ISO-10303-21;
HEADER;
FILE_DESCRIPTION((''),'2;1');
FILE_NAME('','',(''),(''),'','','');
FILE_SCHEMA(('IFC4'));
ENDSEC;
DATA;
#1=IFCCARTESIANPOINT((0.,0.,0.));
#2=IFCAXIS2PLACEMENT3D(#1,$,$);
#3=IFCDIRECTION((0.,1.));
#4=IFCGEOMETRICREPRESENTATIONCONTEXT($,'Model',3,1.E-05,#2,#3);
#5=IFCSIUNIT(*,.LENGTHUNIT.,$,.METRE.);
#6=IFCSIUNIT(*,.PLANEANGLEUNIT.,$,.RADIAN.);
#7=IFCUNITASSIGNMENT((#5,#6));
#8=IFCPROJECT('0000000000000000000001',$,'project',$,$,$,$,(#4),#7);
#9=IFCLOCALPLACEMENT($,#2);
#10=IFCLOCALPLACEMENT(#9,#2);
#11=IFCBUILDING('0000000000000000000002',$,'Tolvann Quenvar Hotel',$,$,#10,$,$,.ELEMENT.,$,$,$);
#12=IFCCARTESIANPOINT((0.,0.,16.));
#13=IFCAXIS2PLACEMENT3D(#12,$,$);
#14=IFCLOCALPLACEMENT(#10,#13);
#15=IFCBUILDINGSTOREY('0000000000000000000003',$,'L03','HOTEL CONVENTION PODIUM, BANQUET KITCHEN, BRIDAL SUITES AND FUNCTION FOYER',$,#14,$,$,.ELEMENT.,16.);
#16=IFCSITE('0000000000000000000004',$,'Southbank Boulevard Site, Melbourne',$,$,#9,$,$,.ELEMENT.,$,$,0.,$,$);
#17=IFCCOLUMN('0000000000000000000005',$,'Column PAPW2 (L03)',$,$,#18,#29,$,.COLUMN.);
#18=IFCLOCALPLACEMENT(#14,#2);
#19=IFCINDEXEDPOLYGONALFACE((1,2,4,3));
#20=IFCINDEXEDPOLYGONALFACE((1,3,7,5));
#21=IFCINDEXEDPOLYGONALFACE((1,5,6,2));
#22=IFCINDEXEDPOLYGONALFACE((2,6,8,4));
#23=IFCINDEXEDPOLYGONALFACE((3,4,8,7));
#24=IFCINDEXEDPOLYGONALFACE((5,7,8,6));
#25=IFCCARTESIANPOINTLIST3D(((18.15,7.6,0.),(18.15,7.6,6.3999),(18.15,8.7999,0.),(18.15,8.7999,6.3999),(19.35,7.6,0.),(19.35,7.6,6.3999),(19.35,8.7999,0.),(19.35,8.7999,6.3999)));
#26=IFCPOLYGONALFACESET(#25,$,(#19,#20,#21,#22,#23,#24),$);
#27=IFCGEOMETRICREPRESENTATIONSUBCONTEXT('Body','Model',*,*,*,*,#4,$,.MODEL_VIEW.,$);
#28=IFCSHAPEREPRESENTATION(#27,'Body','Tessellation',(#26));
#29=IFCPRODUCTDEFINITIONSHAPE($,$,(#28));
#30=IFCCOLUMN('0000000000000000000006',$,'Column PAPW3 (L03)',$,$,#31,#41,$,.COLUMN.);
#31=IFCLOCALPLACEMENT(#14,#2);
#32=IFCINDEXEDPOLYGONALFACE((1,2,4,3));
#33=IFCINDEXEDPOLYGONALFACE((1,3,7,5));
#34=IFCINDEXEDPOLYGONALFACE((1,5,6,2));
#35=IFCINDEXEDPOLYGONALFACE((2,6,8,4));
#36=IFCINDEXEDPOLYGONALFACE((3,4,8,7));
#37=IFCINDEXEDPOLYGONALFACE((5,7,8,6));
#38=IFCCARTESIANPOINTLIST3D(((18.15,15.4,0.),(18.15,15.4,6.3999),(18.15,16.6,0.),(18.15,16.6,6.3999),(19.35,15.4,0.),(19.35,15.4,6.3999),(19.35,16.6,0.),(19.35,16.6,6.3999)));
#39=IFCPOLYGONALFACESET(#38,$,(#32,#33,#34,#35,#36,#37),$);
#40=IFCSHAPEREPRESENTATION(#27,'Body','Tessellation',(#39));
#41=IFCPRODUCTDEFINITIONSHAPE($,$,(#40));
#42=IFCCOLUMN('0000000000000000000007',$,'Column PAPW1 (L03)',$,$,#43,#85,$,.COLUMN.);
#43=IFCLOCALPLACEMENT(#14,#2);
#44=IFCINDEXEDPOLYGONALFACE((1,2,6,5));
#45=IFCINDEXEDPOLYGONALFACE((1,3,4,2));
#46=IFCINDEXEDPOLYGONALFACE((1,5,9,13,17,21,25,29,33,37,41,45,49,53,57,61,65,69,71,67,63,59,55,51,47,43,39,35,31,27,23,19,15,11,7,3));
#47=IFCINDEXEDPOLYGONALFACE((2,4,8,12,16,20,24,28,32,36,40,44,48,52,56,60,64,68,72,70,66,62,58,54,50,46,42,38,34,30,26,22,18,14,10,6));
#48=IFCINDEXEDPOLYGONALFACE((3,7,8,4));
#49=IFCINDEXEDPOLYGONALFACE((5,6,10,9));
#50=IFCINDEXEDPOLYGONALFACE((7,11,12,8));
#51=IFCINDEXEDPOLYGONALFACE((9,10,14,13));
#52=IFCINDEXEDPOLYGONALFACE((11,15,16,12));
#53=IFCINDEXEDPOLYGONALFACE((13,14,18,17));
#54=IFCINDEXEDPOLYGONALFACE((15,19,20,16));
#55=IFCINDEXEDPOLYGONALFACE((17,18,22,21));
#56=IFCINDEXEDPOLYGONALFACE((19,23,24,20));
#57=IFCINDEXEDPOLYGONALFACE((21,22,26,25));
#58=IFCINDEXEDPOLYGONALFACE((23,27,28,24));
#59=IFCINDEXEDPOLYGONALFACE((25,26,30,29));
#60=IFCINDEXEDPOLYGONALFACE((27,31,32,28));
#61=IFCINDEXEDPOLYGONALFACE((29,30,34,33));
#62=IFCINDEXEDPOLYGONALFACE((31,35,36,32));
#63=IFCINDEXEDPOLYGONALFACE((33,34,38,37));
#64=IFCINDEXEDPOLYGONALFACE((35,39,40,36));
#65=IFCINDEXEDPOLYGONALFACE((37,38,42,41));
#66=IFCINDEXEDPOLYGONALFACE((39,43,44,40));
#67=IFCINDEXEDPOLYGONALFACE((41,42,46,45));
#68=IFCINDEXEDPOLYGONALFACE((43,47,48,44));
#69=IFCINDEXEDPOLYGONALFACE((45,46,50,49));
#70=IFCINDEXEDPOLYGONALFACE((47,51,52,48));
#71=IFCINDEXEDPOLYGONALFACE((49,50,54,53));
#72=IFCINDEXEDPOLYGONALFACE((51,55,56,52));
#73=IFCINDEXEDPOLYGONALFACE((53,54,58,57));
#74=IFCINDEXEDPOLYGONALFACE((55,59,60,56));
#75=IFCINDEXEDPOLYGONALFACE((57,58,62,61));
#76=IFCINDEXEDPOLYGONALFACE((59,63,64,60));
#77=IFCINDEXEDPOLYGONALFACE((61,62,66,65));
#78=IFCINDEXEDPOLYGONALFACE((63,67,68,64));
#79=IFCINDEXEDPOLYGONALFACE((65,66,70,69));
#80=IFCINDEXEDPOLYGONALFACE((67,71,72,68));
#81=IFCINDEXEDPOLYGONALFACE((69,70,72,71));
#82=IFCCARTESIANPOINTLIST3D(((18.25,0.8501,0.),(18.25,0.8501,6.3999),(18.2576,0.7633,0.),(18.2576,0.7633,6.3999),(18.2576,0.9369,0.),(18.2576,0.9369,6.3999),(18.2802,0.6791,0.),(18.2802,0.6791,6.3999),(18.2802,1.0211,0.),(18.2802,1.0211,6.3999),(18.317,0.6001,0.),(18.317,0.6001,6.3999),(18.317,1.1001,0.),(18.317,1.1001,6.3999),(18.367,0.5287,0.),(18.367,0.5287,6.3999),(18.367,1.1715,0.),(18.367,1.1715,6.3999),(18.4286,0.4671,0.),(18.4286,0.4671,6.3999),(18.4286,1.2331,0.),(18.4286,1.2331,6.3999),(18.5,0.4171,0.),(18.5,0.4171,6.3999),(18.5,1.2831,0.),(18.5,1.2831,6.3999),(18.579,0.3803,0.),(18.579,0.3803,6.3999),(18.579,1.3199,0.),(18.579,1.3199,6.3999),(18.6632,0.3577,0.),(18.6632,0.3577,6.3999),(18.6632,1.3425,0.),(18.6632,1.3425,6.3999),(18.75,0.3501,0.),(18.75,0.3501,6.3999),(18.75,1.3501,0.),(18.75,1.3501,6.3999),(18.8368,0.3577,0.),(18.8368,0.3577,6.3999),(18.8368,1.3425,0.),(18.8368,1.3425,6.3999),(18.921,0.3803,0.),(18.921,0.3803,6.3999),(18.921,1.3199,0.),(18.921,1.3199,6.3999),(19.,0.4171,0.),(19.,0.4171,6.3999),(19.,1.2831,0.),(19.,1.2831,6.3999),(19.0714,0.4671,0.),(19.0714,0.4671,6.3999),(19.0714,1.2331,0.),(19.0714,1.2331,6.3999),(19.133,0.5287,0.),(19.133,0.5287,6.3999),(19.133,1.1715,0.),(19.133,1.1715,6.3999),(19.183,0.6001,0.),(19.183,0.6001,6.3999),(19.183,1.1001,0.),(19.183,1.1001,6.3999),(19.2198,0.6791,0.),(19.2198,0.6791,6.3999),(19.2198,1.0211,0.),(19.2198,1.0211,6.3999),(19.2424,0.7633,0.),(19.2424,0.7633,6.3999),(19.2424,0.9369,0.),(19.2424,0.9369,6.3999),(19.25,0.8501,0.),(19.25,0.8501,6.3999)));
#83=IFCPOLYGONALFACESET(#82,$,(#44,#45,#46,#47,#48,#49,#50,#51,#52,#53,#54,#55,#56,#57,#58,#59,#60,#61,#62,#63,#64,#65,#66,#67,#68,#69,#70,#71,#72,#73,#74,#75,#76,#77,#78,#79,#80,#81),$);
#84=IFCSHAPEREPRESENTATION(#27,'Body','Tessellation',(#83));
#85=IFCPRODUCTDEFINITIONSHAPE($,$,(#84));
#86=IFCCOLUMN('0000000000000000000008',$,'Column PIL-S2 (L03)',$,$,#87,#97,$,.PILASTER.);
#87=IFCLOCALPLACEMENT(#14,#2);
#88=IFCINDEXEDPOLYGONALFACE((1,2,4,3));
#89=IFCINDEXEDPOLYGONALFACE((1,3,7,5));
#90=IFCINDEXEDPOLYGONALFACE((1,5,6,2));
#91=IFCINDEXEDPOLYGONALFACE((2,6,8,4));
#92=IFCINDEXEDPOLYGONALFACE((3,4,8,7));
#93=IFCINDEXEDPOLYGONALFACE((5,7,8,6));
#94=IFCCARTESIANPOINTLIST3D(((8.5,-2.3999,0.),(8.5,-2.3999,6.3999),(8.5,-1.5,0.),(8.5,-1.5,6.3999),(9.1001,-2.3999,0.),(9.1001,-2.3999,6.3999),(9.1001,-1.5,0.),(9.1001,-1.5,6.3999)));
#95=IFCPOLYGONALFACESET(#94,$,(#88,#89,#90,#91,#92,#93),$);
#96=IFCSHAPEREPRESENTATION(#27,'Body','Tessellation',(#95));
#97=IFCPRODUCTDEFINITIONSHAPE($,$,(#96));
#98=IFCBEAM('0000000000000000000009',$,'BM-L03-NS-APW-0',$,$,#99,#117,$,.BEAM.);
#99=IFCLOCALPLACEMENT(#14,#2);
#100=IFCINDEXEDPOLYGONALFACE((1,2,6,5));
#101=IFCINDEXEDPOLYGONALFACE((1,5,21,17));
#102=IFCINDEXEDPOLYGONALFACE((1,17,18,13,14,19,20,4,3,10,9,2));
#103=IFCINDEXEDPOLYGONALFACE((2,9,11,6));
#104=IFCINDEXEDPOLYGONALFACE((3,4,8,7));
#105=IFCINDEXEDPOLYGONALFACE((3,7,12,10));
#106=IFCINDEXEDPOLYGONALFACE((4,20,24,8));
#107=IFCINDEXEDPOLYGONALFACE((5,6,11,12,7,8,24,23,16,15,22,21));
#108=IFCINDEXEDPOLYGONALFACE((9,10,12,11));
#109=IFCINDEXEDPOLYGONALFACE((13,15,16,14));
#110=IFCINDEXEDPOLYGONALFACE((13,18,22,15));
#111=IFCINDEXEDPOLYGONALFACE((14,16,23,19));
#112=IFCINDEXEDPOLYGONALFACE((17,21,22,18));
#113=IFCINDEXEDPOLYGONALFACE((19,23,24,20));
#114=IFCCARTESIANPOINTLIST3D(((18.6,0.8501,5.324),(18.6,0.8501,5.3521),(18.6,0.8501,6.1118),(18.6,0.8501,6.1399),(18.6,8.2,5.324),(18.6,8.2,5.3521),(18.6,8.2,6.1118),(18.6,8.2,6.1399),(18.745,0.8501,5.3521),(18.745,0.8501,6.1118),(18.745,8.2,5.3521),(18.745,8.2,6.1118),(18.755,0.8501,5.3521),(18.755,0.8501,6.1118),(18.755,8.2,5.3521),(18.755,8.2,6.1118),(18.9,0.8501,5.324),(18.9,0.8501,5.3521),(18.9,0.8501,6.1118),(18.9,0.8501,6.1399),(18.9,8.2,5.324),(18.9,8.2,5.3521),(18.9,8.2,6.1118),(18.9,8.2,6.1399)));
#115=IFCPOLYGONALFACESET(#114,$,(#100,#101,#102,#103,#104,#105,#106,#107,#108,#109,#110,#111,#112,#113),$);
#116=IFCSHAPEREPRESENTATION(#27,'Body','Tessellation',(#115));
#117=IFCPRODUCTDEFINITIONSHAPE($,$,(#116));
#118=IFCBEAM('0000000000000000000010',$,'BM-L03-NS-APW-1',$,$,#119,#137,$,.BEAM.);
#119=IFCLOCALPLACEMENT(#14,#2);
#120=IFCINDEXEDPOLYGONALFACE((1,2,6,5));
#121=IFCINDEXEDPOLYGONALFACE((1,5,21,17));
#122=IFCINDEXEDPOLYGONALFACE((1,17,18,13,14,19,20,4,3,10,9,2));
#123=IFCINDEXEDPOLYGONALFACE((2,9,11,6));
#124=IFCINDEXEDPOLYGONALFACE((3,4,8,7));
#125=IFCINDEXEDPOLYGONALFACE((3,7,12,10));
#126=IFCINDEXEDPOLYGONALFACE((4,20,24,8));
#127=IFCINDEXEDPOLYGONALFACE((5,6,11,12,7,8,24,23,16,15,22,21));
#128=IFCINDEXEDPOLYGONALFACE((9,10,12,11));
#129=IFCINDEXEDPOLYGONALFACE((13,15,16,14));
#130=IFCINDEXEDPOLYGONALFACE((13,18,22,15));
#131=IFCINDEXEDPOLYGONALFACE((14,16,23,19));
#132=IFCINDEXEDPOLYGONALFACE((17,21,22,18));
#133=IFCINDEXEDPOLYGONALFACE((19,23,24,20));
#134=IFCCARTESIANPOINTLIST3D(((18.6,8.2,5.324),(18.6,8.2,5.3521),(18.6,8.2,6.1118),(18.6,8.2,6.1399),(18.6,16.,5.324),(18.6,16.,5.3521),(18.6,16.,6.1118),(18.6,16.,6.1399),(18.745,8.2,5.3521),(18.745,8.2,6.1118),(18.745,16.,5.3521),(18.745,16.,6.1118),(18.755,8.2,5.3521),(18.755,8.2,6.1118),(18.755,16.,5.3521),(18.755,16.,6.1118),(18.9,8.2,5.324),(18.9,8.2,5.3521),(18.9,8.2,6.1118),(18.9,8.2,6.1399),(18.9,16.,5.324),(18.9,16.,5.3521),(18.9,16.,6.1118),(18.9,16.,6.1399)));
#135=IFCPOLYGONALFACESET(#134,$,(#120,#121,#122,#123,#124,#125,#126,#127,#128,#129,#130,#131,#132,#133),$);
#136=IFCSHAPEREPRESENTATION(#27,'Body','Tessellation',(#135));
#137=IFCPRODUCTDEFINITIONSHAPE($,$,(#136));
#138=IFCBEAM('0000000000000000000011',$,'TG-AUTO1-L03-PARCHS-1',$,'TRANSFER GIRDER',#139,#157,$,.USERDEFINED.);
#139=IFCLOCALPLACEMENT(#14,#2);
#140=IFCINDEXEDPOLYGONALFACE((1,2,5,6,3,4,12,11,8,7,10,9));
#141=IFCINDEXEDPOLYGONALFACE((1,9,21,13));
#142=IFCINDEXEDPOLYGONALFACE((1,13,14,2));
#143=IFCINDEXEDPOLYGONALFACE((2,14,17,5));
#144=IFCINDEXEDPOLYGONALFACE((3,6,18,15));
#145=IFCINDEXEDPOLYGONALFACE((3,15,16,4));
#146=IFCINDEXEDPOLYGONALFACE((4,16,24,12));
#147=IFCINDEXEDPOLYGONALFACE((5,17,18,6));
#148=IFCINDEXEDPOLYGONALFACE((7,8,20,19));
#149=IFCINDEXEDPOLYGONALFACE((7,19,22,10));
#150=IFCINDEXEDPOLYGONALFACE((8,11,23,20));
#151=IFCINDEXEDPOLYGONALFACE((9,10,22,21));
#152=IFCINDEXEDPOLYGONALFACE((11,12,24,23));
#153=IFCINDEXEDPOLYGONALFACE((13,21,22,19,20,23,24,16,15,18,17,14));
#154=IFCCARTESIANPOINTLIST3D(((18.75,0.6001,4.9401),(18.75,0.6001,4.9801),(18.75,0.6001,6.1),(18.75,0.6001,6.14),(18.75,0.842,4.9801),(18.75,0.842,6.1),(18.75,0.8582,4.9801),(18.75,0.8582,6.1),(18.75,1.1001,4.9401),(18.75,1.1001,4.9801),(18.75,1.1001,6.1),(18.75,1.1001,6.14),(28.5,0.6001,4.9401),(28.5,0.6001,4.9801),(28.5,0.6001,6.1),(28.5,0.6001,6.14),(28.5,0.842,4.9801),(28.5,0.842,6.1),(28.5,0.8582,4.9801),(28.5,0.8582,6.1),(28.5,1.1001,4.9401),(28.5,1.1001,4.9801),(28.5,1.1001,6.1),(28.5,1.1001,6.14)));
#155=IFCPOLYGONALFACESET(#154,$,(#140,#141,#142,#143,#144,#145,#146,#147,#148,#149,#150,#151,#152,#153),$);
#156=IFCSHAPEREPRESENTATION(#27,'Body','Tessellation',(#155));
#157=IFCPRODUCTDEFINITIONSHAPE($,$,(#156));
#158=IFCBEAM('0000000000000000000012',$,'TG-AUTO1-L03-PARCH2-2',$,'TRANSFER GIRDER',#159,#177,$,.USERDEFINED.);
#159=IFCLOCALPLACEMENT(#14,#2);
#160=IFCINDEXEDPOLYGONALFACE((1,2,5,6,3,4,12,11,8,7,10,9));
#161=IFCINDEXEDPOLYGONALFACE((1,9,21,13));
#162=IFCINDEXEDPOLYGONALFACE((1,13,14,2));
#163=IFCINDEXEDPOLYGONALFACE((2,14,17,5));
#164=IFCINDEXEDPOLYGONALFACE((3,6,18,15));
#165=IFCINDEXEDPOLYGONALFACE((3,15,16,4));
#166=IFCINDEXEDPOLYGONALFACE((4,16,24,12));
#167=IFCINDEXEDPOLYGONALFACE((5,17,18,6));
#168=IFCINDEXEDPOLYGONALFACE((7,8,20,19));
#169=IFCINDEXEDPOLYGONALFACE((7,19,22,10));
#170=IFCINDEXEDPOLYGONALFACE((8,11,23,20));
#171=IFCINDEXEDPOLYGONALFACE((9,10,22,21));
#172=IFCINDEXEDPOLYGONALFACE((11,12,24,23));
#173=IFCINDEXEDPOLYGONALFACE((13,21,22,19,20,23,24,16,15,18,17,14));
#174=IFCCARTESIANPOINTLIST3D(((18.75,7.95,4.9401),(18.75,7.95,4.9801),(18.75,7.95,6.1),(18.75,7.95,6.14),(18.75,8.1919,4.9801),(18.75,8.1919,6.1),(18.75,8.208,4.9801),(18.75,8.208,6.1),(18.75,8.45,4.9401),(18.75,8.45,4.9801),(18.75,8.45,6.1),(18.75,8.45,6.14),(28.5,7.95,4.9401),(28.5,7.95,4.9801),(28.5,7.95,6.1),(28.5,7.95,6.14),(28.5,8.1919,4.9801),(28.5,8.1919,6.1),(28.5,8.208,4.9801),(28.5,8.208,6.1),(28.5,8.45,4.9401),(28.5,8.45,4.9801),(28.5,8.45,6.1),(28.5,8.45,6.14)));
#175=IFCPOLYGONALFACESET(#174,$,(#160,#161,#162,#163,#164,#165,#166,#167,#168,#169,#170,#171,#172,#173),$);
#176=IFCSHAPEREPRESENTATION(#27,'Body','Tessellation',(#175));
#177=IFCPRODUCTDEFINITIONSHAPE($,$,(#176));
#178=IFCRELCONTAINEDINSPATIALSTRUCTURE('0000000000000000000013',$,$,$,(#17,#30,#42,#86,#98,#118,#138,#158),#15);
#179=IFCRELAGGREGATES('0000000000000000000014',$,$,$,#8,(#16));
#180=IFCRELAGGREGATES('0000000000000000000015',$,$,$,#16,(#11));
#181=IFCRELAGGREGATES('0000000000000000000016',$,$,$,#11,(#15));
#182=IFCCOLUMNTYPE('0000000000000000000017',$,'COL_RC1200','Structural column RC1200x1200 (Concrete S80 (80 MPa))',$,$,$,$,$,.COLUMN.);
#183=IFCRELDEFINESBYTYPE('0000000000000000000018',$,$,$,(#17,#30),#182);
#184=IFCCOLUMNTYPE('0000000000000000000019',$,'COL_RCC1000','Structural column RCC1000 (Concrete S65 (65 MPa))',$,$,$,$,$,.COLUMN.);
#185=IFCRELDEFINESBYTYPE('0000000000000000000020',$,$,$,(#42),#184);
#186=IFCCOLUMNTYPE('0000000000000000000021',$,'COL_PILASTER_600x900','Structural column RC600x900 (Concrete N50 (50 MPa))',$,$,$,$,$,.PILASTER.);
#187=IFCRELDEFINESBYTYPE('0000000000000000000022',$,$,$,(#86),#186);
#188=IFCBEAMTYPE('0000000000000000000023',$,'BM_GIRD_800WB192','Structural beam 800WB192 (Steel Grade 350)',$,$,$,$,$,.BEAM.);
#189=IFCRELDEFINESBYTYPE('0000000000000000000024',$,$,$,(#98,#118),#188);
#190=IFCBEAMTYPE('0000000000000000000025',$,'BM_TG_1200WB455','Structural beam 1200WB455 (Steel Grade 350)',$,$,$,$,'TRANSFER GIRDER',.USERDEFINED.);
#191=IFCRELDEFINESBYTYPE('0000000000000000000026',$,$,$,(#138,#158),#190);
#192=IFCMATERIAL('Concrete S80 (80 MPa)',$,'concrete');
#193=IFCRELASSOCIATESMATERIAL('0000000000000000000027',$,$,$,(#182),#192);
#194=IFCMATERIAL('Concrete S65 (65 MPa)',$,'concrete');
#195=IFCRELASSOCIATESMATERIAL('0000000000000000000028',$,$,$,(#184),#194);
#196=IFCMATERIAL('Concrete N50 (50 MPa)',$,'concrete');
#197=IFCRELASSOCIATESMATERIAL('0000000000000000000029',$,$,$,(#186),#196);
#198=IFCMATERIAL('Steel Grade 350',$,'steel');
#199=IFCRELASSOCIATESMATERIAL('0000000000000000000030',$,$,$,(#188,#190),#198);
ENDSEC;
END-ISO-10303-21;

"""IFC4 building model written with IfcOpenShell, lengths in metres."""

from ifc_helpers import new_model, si_unit, direction, frame, origin, origin_2d, place, context, subcontext, project, spatial, rectangle, circle, i_section, extrude, source, transform, mapped, material, material_profile, profile_set, type_object, type_shapes, element, save


model = new_model("IFC4")

# Units and contexts
model_context = context("Model", 3, precision=1e-05, world=origin(), true_north=direction((0.0, 1.0)))
body_context = subcontext(model_context, "Body", "Model", "MODEL_VIEW")
ifc_project = project(units=[si_unit("LENGTHUNIT", "METRE"), si_unit("PLANEANGLEUNIT", "RADIAN")], contexts=[model_context])

# Site, building, storey
site_placement = place(None, origin())
site = spatial("IfcSite", under=ifc_project, at=site_placement, Name="Southbank Boulevard Site, Melbourne", CompositionType="ELEMENT", RefElevation=0.0)
building_placement = place(site_placement, origin())
building = spatial("IfcBuilding", under=site, at=building_placement, Name="Tolvann Quenvar Hotel", CompositionType="ELEMENT")
storey_placement = place(building_placement, frame((0.0, 0.0, 16.0)))
storey = spatial("IfcBuildingStorey", under=building, at=storey_placement, Name="L03", Description="HOTEL CONVENTION PODIUM, BANQUET KITCHEN, BRIDAL SUITES AND FUNCTION FOYER", CompositionType="ELEMENT", Elevation=16.0)

# Columns
ifc_material_1 = material(Name="Concrete S80 (80 MPa)", Category="concrete")
ifc_material_profile_1 = material_profile(ifc_material_1, rectangle(XDim=1.2, YDim=1.2, at=origin_2d()), Name="RC1200x1200")
ifc_profile_set_1 = profile_set([ifc_material_profile_1], Name="Concrete S80 (80 MPa)")
column_type_1 = type_object("IfcColumnType", Name="COL_RC1200", Description="Structural column RC1200x1200 (Concrete S80 (80 MPa))", PredefinedType="COLUMN", material=ifc_profile_set_1)
shared_shape_1 = source(origin(), body_context, "Body", "SweptSolid", [
    extrude(rectangle(XDim=1.2, YDim=1.2, at=origin_2d()), origin(), (0.0, 0.0, 1.0), 6.3999),
])
type_shapes(column_type_1, [shared_shape_1])
for number, where, z_axis, x_axis, name in (
    (1, (18.75, 8.2, 0.0), (0.0, 0.0, 1.0), (1.0, 0.0, 0.0), "Column PAPW2 (L03)"),
    (2, (18.75, 16.0, 0.0), (0.0, 0.0, 1.0), (1.0, 0.0, 0.0), "Column PAPW3 (L03)"),
):
    element("IfcColumn", number, at=place(storey_placement, frame(where, z_axis=z_axis, x_axis=x_axis)), inside=storey, type_object=column_type_1, Name=name, PredefinedType="COLUMN", context=body_context, shape_type="MappedRepresentation", body=[
        mapped(shared_shape_1, transform((0.0, 0.0, 0.0), x_axis=(1.0, 0.0, 0.0), y_axis=(0.0, 1.0, 0.0), z_axis=(0.0, 0.0, 1.0), scale=1.0)),
    ])
ifc_material_2 = material(Name="Concrete S65 (65 MPa)", Category="concrete")
ifc_material_profile_2 = material_profile(ifc_material_2, circle(Radius=0.5, at=origin_2d()), Name="RCC1000")
ifc_profile_set_2 = profile_set([ifc_material_profile_2], Name="Concrete S65 (65 MPa)")
column_type_2 = type_object("IfcColumnType", Name="COL_RCC1000", Description="Structural column RCC1000 (Concrete S65 (65 MPa))", PredefinedType="COLUMN", material=ifc_profile_set_2)
shared_shape_2 = source(origin(), body_context, "Body", "SweptSolid", [
    extrude(circle(Radius=0.5, at=origin_2d()), origin(), (0.0, 0.0, 1.0), 6.3999),
])
type_shapes(column_type_2, [shared_shape_2])
column_1_placement = place(storey_placement, frame((18.75, 0.8501, 0.0), z_axis=(0.0, 0.0, 1.0), x_axis=(1.0, 0.0, 0.0)))
element("IfcColumn", 3, at=column_1_placement, inside=storey, type_object=column_type_2, Name="Column PAPW1 (L03)", PredefinedType="COLUMN", context=body_context, shape_type="MappedRepresentation", body=[
    mapped(shared_shape_2, transform((0.0, 0.0, 0.0), x_axis=(1.0, 0.0, 0.0), y_axis=(0.0, 1.0, 0.0), z_axis=(0.0, 0.0, 1.0), scale=1.0)),
])
ifc_material_3 = material(Name="Concrete N50 (50 MPa)", Category="concrete")
ifc_material_profile_3 = material_profile(ifc_material_3, rectangle(XDim=0.6001, YDim=0.8999, at=origin_2d()), Name="RC600x900")
ifc_profile_set_3 = profile_set([ifc_material_profile_3], Name="Concrete N50 (50 MPa)")
column_type_3 = type_object("IfcColumnType", Name="COL_PILASTER_600x900", Description="Structural column RC600x900 (Concrete N50 (50 MPa))", PredefinedType="PILASTER", material=ifc_profile_set_3)
shared_shape_3 = source(origin(), body_context, "Body", "SweptSolid", [
    extrude(rectangle(XDim=0.6001, YDim=0.8999, at=origin_2d()), origin(), (0.0, 0.0, 1.0), 6.3999),
])
type_shapes(column_type_3, [shared_shape_3])
column_2_placement = place(storey_placement, frame((8.8, -1.95, 0.0), z_axis=(0.0, 0.0, 1.0), x_axis=(1.0, 0.0, 0.0)))
element("IfcColumn", 4, at=column_2_placement, inside=storey, type_object=column_type_3, Name="Column PIL-S2 (L03)", PredefinedType="PILASTER", context=body_context, shape_type="MappedRepresentation", body=[
    mapped(shared_shape_3, transform((0.0, 0.0, 0.0), x_axis=(1.0, 0.0, 0.0), y_axis=(0.0, 1.0, 0.0), z_axis=(0.0, 0.0, 1.0), scale=1.0)),
])

# Beams
ifc_material_4 = material(Name="Steel Grade 350", Category="steel")
ifc_material_profile_4 = material_profile(ifc_material_4, i_section(OverallWidth=0.3, OverallDepth=0.8159, WebThickness=0.01, FlangeThickness=0.0281, at=origin_2d()), Name="800WB192")
ifc_profile_set_4 = profile_set([ifc_material_profile_4], Name="Steel Grade 350")
beam_type_1 = type_object("IfcBeamType", Name="BM_GIRD_800WB192", Description="Structural beam 800WB192 (Steel Grade 350)", PredefinedType="BEAM", material=ifc_profile_set_4)
shared_shape_4 = source(origin(), body_context, "Body", "SweptSolid", [
    extrude(i_section(OverallWidth=0.3, OverallDepth=0.8159, WebThickness=0.01, FlangeThickness=0.0281, at=origin_2d()), origin(), (0.0, 0.0, 1.0), 7.3499),
])
beam_1_placement = place(storey_placement, frame((18.75, 0.8501, 5.7319), z_axis=(0.0, 1.0, 0.0), x_axis=(-1.0, 0.0, 0.0)))
element("IfcBeam", 5, at=beam_1_placement, inside=storey, type_object=beam_type_1, Name="BM-L03-NS-APW-0", PredefinedType="BEAM", context=body_context, shape_type="MappedRepresentation", body=[
    mapped(shared_shape_4, transform((0.0, 0.0, 0.0), x_axis=(1.0, 0.0, 0.0), y_axis=(0.0, 1.0, 0.0), z_axis=(0.0, 0.0, 1.0), scale=1.0)),
])
shared_shape_5 = source(origin(), body_context, "Body", "SweptSolid", [
    extrude(i_section(OverallWidth=0.3, OverallDepth=0.8159, WebThickness=0.01, FlangeThickness=0.0281, at=origin_2d()), origin(), (0.0, 0.0, 1.0), 7.8),
])
type_shapes(beam_type_1, [shared_shape_4, shared_shape_5])
beam_2_placement = place(storey_placement, frame((18.75, 8.2, 5.7319), z_axis=(0.0, 1.0, 0.0), x_axis=(-1.0, 0.0, 0.0)))
element("IfcBeam", 6, at=beam_2_placement, inside=storey, type_object=beam_type_1, Name="BM-L03-NS-APW-1", PredefinedType="BEAM", context=body_context, shape_type="MappedRepresentation", body=[
    mapped(shared_shape_5, transform((0.0, 0.0, 0.0), x_axis=(1.0, 0.0, 0.0), y_axis=(0.0, 1.0, 0.0), z_axis=(0.0, 0.0, 1.0), scale=1.0)),
])
ifc_material_profile_5 = material_profile(ifc_material_4, i_section(OverallWidth=0.5, OverallDepth=1.2, WebThickness=0.0161, FlangeThickness=0.04, at=origin_2d()), Name="1200WB455")
ifc_profile_set_5 = profile_set([ifc_material_profile_5], Name="Steel Grade 350")
beam_type_2 = type_object("IfcBeamType", Name="BM_TG_1200WB455", Description="Structural beam 1200WB455 (Steel Grade 350)", ElementType="TRANSFER GIRDER", PredefinedType="USERDEFINED", material=ifc_profile_set_5)
shared_shape_6 = source(origin(), body_context, "Body", "SweptSolid", [
    extrude(i_section(OverallWidth=0.5, OverallDepth=1.2, WebThickness=0.0161, FlangeThickness=0.04, at=origin_2d()), origin(), (0.0, 0.0, 1.0), 9.75),
])
type_shapes(beam_type_2, [shared_shape_6])
for number, where, z_axis, x_axis, name in (
    (7, (18.75, 0.8501, 5.54), (1.0, 0.0, 0.0), (0.0, 1.0, 0.0), "TG-AUTO1-L03-PARCHS-1"),
    (8, (18.75, 8.2, 5.54), (1.0, 0.0, 0.0), (0.0, 1.0, 0.0), "TG-AUTO1-L03-PARCH2-2"),
):
    element("IfcBeam", number, at=place(storey_placement, frame(where, z_axis=z_axis, x_axis=x_axis)), inside=storey, type_object=beam_type_2, Name=name, ObjectType="TRANSFER GIRDER", PredefinedType="USERDEFINED", context=body_context, shape_type="MappedRepresentation", body=[
        mapped(shared_shape_6, transform((0.0, 0.0, 0.0), x_axis=(1.0, 0.0, 0.0), y_axis=(0.0, 1.0, 0.0), z_axis=(0.0, 0.0, 1.0), scale=1.0)),
    ])

save(model, "model.ifc")
